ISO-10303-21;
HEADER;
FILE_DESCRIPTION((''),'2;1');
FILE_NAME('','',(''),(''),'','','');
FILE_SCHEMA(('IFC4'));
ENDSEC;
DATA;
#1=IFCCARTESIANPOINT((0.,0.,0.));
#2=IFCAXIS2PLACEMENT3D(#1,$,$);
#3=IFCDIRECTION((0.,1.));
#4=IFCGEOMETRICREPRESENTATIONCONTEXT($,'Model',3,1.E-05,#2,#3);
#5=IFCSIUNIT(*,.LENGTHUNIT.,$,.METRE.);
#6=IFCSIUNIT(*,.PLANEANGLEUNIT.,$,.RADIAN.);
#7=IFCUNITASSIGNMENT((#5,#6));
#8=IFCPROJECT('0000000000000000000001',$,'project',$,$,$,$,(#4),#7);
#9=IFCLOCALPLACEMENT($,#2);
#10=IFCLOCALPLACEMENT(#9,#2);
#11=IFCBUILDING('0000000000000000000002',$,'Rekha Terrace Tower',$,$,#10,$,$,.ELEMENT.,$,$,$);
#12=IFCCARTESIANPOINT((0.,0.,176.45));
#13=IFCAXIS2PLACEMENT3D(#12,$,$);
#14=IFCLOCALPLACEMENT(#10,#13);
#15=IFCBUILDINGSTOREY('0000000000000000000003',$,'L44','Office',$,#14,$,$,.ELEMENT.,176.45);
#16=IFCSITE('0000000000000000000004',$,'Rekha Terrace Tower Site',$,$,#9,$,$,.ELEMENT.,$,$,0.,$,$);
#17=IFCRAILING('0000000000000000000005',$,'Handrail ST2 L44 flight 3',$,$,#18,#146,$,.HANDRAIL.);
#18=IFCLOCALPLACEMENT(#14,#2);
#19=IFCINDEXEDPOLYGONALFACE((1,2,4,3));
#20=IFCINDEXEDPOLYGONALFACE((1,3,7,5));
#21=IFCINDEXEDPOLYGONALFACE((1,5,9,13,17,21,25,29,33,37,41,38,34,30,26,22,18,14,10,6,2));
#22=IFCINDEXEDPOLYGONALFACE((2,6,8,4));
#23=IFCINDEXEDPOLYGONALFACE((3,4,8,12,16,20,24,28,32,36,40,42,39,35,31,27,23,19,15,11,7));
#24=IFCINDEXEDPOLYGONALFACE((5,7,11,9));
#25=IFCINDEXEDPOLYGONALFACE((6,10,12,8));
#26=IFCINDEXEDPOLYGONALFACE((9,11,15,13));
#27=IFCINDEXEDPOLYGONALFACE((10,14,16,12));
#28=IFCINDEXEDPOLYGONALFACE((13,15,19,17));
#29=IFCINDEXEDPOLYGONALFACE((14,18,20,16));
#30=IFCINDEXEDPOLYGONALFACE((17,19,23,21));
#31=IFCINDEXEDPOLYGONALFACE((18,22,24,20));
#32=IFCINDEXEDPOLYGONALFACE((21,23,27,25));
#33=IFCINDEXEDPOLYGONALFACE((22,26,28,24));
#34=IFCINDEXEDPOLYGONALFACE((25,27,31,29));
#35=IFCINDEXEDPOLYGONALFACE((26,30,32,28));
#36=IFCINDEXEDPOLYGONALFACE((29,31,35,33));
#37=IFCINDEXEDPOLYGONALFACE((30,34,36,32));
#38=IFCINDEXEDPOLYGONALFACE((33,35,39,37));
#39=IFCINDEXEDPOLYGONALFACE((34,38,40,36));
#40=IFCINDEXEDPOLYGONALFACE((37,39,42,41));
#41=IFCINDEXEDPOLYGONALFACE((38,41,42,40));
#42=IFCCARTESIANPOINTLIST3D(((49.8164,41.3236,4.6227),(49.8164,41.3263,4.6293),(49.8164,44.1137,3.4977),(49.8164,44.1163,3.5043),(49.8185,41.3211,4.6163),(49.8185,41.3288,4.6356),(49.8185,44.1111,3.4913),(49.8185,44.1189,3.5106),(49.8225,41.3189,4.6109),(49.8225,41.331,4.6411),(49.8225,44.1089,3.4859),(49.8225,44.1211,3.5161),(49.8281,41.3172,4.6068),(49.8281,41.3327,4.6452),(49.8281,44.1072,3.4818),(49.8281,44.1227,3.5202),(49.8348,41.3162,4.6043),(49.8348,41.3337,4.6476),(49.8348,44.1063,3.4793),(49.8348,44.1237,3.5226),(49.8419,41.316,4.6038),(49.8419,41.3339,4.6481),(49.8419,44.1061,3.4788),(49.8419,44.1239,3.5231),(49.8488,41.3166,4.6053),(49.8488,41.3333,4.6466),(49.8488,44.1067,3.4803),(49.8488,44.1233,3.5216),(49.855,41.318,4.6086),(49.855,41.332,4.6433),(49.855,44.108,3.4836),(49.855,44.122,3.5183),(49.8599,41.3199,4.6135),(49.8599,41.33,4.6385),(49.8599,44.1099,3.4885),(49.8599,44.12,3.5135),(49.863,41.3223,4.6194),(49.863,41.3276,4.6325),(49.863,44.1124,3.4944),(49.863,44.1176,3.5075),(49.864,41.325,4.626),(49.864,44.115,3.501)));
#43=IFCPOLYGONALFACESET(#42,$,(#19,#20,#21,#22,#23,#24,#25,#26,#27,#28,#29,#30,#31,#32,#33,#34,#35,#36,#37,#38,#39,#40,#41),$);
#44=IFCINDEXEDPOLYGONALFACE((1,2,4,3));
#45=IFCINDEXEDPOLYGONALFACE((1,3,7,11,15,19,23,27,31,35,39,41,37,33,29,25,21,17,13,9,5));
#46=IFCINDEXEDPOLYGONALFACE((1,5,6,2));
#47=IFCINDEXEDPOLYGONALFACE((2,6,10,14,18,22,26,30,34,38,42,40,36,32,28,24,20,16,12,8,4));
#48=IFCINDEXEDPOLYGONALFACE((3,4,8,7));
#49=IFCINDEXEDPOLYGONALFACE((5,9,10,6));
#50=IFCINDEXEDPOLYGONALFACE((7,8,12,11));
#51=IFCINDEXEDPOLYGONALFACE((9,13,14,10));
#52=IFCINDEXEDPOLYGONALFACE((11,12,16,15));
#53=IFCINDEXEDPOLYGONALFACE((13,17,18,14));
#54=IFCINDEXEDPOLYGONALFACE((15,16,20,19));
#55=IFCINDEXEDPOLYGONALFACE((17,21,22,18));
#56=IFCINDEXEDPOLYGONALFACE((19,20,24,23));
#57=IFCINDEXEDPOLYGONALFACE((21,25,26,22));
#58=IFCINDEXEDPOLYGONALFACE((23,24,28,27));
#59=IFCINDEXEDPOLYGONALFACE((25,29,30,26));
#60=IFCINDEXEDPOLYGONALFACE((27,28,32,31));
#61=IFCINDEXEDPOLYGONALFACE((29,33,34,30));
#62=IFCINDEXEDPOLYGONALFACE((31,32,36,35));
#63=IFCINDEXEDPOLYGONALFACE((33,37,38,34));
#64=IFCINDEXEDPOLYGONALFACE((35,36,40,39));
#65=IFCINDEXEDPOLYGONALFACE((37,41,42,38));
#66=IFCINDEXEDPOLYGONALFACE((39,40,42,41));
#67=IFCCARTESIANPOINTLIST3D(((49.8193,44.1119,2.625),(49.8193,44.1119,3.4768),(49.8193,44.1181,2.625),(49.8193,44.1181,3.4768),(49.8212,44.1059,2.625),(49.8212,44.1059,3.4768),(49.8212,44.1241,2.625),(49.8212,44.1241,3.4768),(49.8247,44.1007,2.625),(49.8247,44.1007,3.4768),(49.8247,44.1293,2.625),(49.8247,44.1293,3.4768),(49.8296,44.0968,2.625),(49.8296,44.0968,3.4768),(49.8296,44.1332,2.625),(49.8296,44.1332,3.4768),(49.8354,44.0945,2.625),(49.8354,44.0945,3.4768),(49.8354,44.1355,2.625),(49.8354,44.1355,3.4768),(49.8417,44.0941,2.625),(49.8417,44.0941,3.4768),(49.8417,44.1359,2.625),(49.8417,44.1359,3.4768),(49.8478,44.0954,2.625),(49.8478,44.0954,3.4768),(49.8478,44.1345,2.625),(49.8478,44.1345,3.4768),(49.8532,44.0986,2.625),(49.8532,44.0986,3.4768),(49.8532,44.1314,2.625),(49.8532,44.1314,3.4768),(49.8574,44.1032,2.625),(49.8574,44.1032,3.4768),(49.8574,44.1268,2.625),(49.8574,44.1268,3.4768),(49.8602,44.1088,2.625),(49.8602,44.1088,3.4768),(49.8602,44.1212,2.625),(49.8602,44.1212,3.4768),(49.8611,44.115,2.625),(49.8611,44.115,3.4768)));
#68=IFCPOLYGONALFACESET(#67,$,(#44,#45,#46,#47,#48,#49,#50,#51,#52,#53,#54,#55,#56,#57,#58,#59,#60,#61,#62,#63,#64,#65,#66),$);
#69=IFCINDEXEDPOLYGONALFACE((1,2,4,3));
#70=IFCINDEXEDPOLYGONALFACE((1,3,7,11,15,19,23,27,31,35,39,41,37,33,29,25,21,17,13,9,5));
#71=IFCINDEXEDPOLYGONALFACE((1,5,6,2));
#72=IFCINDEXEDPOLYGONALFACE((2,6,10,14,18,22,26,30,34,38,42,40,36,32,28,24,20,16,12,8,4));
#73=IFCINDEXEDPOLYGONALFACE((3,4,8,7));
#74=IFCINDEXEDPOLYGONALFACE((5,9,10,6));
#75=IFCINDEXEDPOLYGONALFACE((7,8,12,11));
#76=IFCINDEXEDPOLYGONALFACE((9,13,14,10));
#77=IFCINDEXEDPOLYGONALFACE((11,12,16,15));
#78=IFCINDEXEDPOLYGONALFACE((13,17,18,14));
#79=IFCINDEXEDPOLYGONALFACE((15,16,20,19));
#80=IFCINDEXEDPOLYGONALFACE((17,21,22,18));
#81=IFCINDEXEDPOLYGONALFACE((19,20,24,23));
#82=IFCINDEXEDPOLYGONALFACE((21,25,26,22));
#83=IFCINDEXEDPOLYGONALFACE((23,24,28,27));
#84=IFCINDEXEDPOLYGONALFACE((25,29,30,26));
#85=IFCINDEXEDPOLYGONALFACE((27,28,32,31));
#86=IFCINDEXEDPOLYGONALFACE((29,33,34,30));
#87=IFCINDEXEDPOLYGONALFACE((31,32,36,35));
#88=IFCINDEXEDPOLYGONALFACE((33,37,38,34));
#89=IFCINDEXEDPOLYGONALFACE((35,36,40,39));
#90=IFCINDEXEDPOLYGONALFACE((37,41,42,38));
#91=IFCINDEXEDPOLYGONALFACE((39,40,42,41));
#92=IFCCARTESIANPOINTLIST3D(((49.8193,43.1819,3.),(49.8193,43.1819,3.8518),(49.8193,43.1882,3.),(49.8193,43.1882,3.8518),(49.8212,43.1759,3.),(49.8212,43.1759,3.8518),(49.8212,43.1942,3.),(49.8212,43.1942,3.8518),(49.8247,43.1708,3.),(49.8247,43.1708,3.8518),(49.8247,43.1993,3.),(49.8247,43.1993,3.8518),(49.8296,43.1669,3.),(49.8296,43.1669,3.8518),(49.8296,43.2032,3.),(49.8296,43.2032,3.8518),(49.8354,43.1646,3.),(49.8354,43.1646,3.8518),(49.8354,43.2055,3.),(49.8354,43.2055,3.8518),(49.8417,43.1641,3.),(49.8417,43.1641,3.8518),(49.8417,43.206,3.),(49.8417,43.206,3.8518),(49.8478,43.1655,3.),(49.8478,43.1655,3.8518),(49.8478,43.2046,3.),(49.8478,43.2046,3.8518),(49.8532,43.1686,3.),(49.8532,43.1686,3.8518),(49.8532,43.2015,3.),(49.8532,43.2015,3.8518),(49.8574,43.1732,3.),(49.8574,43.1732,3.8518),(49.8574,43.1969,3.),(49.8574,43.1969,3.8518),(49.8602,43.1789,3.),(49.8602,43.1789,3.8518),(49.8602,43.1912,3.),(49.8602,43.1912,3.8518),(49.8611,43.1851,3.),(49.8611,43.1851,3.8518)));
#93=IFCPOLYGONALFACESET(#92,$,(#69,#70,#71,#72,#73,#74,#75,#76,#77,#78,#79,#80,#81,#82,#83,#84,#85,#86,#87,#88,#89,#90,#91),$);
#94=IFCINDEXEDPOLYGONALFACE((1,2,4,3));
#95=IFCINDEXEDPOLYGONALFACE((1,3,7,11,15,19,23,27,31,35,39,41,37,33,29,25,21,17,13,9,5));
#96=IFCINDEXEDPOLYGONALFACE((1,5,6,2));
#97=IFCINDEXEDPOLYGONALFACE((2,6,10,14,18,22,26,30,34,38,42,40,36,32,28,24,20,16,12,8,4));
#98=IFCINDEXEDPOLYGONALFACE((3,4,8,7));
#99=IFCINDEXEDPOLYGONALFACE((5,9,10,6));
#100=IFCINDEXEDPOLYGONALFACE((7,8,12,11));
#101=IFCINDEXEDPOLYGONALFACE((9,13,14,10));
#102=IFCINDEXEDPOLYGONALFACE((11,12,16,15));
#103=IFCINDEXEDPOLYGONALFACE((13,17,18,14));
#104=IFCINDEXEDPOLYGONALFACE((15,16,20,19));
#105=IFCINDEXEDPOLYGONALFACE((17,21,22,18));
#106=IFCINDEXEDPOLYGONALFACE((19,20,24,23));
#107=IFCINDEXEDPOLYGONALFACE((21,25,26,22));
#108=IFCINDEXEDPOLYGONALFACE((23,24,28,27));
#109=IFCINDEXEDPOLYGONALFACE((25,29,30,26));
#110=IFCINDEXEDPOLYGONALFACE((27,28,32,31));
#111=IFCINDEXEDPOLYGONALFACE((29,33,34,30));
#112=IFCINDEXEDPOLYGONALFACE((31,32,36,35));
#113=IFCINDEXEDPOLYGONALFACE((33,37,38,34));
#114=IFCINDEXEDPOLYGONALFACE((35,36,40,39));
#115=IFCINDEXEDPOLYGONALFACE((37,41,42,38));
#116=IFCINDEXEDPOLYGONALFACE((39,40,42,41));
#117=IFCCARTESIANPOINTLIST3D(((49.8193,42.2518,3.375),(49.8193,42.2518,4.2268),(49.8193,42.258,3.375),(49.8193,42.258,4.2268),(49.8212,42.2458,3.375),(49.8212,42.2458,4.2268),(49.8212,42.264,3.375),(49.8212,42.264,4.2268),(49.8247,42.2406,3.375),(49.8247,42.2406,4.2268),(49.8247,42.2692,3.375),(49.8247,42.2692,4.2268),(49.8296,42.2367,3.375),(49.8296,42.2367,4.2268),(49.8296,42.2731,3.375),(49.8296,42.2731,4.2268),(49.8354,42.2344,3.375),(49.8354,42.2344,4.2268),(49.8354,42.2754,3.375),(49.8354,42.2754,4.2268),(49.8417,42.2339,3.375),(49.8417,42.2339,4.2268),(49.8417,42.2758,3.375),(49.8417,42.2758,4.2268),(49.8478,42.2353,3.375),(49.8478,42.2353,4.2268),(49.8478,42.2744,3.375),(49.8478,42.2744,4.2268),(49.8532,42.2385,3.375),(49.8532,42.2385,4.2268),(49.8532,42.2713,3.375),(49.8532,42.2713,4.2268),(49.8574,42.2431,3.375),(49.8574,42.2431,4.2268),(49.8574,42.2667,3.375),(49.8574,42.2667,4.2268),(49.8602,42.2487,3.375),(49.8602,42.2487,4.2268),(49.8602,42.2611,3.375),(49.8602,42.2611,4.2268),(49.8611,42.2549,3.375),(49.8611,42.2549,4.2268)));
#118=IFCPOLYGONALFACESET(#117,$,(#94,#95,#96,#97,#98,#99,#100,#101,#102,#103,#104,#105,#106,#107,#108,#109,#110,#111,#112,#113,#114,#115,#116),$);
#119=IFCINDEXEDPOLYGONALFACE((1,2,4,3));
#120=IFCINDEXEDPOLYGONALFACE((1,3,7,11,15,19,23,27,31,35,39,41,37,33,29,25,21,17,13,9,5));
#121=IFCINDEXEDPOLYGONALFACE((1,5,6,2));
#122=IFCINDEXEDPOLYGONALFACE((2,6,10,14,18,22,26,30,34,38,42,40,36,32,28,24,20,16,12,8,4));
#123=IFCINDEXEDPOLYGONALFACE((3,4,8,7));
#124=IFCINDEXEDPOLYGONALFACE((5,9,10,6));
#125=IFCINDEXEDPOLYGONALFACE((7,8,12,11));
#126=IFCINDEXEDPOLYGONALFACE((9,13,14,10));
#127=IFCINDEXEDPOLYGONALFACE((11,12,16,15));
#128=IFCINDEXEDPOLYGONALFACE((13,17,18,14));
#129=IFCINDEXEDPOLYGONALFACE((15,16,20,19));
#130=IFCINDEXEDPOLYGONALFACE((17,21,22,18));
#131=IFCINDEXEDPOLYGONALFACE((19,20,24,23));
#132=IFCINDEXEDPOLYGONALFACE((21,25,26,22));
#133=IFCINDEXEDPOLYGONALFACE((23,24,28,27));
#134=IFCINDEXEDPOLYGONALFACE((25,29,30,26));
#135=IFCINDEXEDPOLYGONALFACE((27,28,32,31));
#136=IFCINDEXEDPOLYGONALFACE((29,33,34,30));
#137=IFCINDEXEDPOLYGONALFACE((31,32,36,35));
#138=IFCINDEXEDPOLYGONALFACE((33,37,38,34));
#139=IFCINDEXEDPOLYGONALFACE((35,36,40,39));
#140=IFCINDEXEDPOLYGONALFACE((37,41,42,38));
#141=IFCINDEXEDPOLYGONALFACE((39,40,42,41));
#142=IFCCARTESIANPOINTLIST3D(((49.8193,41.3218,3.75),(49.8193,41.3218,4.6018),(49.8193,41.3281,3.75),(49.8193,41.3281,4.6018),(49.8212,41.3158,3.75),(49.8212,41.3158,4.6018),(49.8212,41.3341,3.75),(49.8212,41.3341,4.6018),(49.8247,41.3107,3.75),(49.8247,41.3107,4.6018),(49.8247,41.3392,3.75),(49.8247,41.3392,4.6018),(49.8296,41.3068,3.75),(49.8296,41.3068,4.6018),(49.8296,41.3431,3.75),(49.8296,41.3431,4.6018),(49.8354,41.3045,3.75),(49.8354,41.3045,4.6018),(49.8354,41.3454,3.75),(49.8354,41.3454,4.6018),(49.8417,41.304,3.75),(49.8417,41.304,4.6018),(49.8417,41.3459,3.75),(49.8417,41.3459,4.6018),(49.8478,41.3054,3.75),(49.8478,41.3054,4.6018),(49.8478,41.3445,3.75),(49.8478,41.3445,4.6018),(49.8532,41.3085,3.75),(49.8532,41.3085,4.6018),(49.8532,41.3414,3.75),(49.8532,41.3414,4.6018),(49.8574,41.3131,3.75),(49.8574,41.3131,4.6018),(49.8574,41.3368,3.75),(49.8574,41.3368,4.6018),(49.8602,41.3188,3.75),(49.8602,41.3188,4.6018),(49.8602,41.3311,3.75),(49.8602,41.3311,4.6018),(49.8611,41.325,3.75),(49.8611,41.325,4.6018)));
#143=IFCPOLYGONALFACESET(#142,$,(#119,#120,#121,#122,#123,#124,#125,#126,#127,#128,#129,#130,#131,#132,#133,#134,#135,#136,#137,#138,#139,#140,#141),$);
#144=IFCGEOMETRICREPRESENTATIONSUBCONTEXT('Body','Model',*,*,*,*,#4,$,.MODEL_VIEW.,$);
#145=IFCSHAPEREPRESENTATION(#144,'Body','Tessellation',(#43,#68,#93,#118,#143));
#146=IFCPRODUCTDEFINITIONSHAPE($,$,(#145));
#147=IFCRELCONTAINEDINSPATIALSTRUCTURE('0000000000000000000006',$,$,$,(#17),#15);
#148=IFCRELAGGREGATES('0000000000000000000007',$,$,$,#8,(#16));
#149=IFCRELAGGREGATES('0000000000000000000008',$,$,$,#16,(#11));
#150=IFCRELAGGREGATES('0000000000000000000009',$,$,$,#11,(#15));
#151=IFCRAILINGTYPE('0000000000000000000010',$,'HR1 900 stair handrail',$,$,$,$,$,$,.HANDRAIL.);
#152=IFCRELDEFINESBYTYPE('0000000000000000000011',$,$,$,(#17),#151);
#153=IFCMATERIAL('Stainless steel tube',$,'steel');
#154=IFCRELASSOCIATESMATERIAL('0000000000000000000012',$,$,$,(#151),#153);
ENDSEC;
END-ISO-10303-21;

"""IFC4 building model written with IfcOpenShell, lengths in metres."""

from ifc_helpers import new_model, si_unit, direction, frame, origin, origin_2d, place, context, subcontext, project, spatial, circle, extrude, material, type_object, element, save


model = new_model("IFC4")

# Units and contexts
model_context = context("Model", 3, precision=1e-05, world=origin(), true_north=direction((0.0, 1.0)))
body_context = subcontext(model_context, "Body", "Model", "MODEL_VIEW")
ifc_project = project(units=[si_unit("LENGTHUNIT", "METRE"), si_unit("PLANEANGLEUNIT", "RADIAN")], contexts=[model_context])

# Site, building, storey
site_placement = place(None, origin())
site = spatial("IfcSite", under=ifc_project, at=site_placement, Name="Rekha Terrace Tower Site", CompositionType="ELEMENT", RefElevation=0.0)
building_placement = place(site_placement, origin())
building = spatial("IfcBuilding", under=site, at=building_placement, Name="Rekha Terrace Tower", CompositionType="ELEMENT")
storey_placement = place(building_placement, frame((0.0, 0.0, 176.45)))
storey = spatial("IfcBuildingStorey", under=building, at=storey_placement, Name="L44", Description="Office", CompositionType="ELEMENT", Elevation=176.45)

# Railing
ifc_material_1 = material(Name="Stainless steel tube", Category="steel")
railing_type_1 = type_object("IfcRailingType", Name="HR1 900 stair handrail", PredefinedType="HANDRAIL", material=ifc_material_1)
railing_1_placement = place(storey_placement, frame((49.8401, 44.115, 2.625)))
element("IfcRailing", 1, at=railing_1_placement, inside=storey, type_object=railing_type_1, Name="Handrail ST2 L44 flight 3", PredefinedType="HANDRAIL", context=body_context, shape_type="SweptSolid", body=[
    extrude(circle(Radius=0.0239, at=origin_2d()), frame((0.0, 0.0, 0.876), z_axis=(0.0, -0.927443, 0.373964), x_axis=(1.0, 0.0, 0.0)), (0.0, 0.0, 1.0), 3.0083),
    extrude(circle(Radius=0.021, at=origin_2d()), origin(), (0.0, 0.0, 1.0), 0.8518),
    extrude(circle(Radius=0.021, at=origin_2d()), frame((0.0, -0.9299, 0.375)), (0.0, 0.0, 1.0), 0.8518),
    extrude(circle(Radius=0.021, at=origin_2d()), frame((0.0, -1.8601, 0.75)), (0.0, 0.0, 1.0), 0.8518),
    extrude(circle(Radius=0.021, at=origin_2d()), frame((0.0, -2.79, 1.125)), (0.0, 0.0, 1.0), 0.8518),
])

save(model, "model.ifc")
